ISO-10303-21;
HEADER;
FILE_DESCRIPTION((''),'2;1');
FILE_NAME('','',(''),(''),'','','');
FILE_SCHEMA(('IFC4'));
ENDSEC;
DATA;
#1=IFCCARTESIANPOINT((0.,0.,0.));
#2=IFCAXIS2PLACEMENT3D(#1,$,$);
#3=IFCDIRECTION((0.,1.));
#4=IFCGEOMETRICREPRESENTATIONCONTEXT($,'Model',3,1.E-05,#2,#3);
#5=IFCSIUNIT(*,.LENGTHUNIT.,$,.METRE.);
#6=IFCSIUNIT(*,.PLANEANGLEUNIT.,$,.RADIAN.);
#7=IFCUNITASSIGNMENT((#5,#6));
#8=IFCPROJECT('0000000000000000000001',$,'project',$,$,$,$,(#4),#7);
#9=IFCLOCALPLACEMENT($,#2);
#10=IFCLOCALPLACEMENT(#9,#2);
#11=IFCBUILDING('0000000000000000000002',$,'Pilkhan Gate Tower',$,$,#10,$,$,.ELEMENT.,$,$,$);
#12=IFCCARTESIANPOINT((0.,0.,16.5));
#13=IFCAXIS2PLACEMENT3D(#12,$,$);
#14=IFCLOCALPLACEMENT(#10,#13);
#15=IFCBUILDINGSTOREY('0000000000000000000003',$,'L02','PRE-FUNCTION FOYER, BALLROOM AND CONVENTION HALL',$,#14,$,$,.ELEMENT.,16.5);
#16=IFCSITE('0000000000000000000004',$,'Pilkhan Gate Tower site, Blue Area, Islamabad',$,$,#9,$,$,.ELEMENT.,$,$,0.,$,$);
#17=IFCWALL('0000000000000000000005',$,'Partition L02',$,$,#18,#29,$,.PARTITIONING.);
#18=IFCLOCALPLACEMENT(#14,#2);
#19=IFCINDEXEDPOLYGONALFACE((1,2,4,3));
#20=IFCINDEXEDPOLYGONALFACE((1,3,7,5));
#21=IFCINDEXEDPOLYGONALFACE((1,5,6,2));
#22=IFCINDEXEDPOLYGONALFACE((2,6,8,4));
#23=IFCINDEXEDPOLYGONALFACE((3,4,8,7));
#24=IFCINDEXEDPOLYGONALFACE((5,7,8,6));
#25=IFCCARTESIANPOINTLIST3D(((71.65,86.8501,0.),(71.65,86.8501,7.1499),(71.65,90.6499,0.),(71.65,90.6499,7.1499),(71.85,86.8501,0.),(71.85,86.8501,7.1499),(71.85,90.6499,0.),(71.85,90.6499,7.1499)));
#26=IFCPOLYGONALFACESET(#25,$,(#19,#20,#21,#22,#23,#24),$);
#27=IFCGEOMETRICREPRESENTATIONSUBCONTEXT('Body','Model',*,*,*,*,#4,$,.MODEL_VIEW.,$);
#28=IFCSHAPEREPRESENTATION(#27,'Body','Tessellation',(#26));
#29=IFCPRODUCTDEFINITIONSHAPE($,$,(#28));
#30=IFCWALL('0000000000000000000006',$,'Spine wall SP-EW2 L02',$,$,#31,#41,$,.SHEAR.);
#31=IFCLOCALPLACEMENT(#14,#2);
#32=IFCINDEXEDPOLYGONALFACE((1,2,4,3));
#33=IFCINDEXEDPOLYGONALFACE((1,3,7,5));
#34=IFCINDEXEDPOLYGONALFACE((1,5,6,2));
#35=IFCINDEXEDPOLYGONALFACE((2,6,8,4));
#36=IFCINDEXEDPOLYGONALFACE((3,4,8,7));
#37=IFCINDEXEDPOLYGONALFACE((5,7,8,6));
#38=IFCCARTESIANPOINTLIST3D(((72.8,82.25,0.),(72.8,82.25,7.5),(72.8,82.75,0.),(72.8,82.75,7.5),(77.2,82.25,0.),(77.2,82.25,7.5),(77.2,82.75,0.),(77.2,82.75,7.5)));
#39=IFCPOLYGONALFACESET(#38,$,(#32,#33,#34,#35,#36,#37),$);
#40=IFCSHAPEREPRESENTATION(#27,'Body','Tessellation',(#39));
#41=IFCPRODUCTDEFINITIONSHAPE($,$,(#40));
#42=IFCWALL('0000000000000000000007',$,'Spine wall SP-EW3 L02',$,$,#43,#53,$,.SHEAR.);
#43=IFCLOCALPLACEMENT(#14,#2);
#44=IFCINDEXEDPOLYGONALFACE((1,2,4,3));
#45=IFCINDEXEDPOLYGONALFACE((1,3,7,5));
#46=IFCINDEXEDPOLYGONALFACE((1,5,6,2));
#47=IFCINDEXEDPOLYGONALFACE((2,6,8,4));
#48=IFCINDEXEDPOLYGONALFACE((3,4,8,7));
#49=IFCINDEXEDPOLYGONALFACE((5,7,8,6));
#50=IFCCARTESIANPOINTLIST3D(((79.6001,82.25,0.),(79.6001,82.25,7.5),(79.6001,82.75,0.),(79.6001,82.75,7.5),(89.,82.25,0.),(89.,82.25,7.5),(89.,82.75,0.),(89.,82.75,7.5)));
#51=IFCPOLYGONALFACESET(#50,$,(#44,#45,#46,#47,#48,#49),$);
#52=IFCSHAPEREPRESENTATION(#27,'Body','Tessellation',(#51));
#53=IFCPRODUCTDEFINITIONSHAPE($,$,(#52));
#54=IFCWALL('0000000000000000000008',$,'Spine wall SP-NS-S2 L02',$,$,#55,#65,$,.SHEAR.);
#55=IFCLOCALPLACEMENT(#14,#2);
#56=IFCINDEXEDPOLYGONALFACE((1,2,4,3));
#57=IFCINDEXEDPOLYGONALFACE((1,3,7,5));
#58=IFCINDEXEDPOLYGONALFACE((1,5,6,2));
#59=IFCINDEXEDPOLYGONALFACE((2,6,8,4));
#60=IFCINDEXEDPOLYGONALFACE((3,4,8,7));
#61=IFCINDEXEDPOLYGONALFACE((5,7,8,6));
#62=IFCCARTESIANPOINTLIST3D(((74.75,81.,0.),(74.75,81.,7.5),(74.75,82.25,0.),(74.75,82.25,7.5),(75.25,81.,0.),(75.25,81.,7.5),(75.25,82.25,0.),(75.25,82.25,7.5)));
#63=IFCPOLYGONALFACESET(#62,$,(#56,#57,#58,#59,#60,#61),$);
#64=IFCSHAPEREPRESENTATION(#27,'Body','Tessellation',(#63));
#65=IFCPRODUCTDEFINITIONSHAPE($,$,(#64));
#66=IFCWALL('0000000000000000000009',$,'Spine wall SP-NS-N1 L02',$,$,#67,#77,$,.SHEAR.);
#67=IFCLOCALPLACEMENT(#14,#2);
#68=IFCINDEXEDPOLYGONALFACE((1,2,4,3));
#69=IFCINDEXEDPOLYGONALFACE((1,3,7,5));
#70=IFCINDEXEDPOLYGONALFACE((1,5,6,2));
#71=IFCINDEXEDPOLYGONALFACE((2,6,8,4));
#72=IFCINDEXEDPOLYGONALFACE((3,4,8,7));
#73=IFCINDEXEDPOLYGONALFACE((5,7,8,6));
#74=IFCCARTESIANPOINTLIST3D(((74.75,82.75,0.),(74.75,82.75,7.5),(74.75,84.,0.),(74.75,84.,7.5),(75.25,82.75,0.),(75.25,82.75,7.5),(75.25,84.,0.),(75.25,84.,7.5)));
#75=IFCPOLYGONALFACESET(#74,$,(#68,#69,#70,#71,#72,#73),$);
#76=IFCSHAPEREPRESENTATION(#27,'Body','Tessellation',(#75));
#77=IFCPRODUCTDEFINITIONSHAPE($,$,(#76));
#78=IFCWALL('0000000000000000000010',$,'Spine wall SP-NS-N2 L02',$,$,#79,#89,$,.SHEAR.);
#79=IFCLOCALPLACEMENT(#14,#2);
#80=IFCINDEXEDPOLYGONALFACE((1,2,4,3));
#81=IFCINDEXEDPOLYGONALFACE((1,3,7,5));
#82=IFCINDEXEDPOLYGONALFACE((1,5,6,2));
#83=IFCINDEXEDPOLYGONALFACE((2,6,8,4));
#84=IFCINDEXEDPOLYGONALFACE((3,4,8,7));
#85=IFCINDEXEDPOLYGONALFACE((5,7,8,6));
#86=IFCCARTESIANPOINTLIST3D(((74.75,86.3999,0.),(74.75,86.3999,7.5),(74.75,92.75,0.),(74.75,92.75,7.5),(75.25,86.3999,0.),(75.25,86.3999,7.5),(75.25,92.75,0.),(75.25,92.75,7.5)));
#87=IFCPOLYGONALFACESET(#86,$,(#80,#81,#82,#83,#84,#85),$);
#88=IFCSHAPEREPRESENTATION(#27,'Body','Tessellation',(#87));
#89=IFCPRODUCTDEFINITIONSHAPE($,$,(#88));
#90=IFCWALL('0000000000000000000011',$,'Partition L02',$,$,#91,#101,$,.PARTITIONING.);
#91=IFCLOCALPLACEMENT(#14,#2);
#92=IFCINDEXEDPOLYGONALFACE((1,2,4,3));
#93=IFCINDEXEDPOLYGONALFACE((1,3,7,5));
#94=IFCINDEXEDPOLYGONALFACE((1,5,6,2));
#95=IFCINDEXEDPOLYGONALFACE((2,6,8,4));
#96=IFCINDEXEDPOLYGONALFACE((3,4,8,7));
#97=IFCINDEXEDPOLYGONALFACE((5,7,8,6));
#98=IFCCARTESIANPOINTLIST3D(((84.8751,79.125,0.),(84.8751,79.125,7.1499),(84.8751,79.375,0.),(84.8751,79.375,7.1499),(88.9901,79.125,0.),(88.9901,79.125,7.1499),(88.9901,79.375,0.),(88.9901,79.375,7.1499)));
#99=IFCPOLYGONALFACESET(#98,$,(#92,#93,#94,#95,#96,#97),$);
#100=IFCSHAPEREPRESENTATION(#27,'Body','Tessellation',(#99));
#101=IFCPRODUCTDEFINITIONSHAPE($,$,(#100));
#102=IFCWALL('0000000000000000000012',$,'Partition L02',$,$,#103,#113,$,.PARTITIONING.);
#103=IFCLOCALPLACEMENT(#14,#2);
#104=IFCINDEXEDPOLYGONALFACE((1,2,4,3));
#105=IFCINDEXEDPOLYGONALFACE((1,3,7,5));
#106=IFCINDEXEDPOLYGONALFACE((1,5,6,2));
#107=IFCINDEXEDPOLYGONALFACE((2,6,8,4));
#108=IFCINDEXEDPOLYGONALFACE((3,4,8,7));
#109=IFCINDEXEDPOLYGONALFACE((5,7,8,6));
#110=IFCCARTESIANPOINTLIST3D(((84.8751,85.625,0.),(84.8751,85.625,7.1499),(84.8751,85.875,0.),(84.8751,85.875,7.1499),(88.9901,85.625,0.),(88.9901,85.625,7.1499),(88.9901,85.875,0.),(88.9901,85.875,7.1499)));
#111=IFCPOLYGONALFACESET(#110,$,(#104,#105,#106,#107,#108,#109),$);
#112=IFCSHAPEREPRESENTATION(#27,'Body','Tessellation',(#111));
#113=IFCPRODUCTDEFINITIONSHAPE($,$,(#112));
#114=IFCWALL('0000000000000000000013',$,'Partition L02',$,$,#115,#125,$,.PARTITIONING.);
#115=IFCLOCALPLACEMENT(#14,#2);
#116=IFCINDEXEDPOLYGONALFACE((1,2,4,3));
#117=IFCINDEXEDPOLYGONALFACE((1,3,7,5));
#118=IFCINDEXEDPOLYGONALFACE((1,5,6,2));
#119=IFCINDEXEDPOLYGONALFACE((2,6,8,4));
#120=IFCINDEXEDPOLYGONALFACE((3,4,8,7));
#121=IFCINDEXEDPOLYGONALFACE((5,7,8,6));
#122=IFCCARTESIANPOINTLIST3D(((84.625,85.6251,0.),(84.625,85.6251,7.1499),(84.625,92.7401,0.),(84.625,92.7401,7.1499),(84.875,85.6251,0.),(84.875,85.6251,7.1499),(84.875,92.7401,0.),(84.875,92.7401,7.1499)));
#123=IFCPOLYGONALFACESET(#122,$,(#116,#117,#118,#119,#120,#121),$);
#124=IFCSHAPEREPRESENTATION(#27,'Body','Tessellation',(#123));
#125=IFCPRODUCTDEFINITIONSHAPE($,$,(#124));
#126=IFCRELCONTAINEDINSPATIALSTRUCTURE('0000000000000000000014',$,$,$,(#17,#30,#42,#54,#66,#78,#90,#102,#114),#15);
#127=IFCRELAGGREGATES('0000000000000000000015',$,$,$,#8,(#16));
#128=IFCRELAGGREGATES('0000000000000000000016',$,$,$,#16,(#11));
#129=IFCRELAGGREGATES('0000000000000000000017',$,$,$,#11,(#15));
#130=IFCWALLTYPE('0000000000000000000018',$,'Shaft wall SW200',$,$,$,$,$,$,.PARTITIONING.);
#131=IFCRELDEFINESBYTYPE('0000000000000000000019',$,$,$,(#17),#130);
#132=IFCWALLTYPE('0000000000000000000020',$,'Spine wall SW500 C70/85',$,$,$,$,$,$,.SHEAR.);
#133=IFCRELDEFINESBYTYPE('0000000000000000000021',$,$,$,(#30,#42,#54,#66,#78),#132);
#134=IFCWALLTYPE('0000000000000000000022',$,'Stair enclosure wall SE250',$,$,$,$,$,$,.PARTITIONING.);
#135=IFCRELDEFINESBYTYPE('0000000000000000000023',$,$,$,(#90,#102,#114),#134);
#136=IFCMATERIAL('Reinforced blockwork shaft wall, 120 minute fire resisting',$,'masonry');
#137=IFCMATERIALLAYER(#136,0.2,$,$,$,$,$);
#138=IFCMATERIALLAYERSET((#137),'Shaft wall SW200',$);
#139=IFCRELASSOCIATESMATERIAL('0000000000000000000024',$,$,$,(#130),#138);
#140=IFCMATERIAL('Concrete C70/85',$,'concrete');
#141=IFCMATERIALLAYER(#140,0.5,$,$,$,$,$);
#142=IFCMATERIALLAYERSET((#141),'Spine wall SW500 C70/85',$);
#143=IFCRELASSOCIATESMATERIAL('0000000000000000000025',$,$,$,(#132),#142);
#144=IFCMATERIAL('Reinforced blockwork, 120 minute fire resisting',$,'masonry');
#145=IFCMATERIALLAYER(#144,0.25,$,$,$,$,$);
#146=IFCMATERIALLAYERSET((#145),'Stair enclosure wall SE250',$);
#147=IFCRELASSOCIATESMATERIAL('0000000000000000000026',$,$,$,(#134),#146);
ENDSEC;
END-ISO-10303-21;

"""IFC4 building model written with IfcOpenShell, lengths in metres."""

from ifc_helpers import new_model, si_unit, direction, frame, frame_2d, origin, place, context, subcontext, project, spatial, rectangle, extrude, material, layer, layer_set, type_object, element, save


model = new_model("IFC4")

# Units and contexts
model_context = context("Model", 3, precision=1e-05, world=origin(), true_north=direction((0.0, 1.0)))
body_context = subcontext(model_context, "Body", "Model", "MODEL_VIEW")
ifc_project = project(units=[si_unit("LENGTHUNIT", "METRE"), si_unit("PLANEANGLEUNIT", "RADIAN")], contexts=[model_context])

# Site, building, storey
site_placement = place(None, origin())
site = spatial("IfcSite", under=ifc_project, at=site_placement, Name="Pilkhan Gate Tower site, Blue Area, Islamabad", CompositionType="ELEMENT", RefElevation=0.0)
building_placement = place(site_placement, origin())
building = spatial("IfcBuilding", under=site, at=building_placement, Name="Pilkhan Gate Tower", CompositionType="ELEMENT")
storey_placement = place(building_placement, frame((0.0, 0.0, 16.5)))
storey = spatial("IfcBuildingStorey", under=building, at=storey_placement, Name="L02", Description="PRE-FUNCTION FOYER, BALLROOM AND CONVENTION HALL", CompositionType="ELEMENT", Elevation=16.5)

# Shared definitions
ifc_material_1 = material(Name="Concrete C70/85", Category="concrete")

# Walls
ifc_material_2 = material(Name="Reinforced blockwork shaft wall, 120 minute fire resisting", Category="masonry")
ifc_layer_1 = layer(ifc_material_2, 0.2)
ifc_layer_set_1 = layer_set([ifc_layer_1], Name="Shaft wall SW200")
wall_type_1 = type_object("IfcWallType", Name="Shaft wall SW200", PredefinedType="PARTITIONING", material=ifc_layer_set_1)
wall_1_placement = place(storey_placement, frame((71.75, 86.8501, 0.0), z_axis=(0.0, 0.0, 1.0), x_axis=(0.0, 1.0, 0.0)))
element("IfcWall", 1, at=wall_1_placement, inside=storey, type_object=wall_type_1, Name="Partition L02", PredefinedType="PARTITIONING", context=body_context, shape_type="SweptSolid", body=[
    extrude(rectangle(XDim=3.7998, YDim=0.2, at=frame_2d((1.8999, 0.0))), origin(), (0.0, 0.0, 1.0), 7.1499),
])
ifc_layer_2 = layer(ifc_material_1, 0.5)
ifc_layer_set_2 = layer_set([ifc_layer_2], Name="Spine wall SW500 C70/85")
wall_type_2 = type_object("IfcWallType", Name="Spine wall SW500 C70/85", PredefinedType="SHEAR", material=ifc_layer_set_2)
wall_2_placement = place(storey_placement, frame((72.8, 82.5, 0.0), z_axis=(0.0, 0.0, 1.0), x_axis=(1.0, 0.0, 0.0)))
element("IfcWall", 2, at=wall_2_placement, inside=storey, type_object=wall_type_2, Name="Spine wall SP-EW2 L02", PredefinedType="SHEAR", context=body_context, shape_type="SweptSolid", body=[
    extrude(rectangle(XDim=4.3999, YDim=0.5, at=frame_2d((2.2, 0.0))), origin(), (0.0, 0.0, 1.0), 7.5),
])
wall_3_placement = place(storey_placement, frame((79.6001, 82.5, 0.0), z_axis=(0.0, 0.0, 1.0), x_axis=(1.0, 0.0, 0.0)))
element("IfcWall", 3, at=wall_3_placement, inside=storey, type_object=wall_type_2, Name="Spine wall SP-EW3 L02", PredefinedType="SHEAR", context=body_context, shape_type="SweptSolid", body=[
    extrude(rectangle(XDim=9.3999, YDim=0.5, at=frame_2d((4.7, 0.0))), origin(), (0.0, 0.0, 1.0), 7.5),
])
for number, where, z_axis, x_axis, name in (
    (4, (75.0, 81.0, 0.0), (0.0, 0.0, 1.0), (0.0, 1.0, 0.0), "Spine wall SP-NS-S2 L02"),
    (5, (75.0, 82.75, 0.0), (0.0, 0.0, 1.0), (0.0, 1.0, 0.0), "Spine wall SP-NS-N1 L02"),
):
    element("IfcWall", number, at=place(storey_placement, frame(where, z_axis=z_axis, x_axis=x_axis)), inside=storey, type_object=wall_type_2, Name=name, PredefinedType="SHEAR", context=body_context, shape_type="SweptSolid", body=[
        extrude(rectangle(XDim=1.25, YDim=0.5, at=frame_2d((0.625, 0.0))), origin(), (0.0, 0.0, 1.0), 7.5),
    ])
wall_4_placement = place(storey_placement, frame((75.0, 86.3999, 0.0), z_axis=(0.0, 0.0, 1.0), x_axis=(0.0, 1.0, 0.0)))
element("IfcWall", 6, at=wall_4_placement, inside=storey, type_object=wall_type_2, Name="Spine wall SP-NS-N2 L02", PredefinedType="SHEAR", context=body_context, shape_type="SweptSolid", body=[
    extrude(rectangle(XDim=6.3501, YDim=0.5, at=frame_2d((3.175, 0.0))), origin(), (0.0, 0.0, 1.0), 7.5),
])
ifc_material_3 = material(Name="Reinforced blockwork, 120 minute fire resisting", Category="masonry")
ifc_layer_3 = layer(ifc_material_3, 0.25)
ifc_layer_set_3 = layer_set([ifc_layer_3], Name="Stair enclosure wall SE250")
wall_type_3 = type_object("IfcWallType", Name="Stair enclosure wall SE250", PredefinedType="PARTITIONING", material=ifc_layer_set_3)
for number, where, z_axis, x_axis, name in (
    (7, (84.875, 79.25, 0.0), (0.0, 0.0, 1.0), (1.0, 0.0, 0.0), "Partition L02"),
    (8, (84.875, 85.75, 0.0), (0.0, 0.0, 1.0), (1.0, 0.0, 0.0), "Partition L02"),
):
    element("IfcWall", number, at=place(storey_placement, frame(where, z_axis=z_axis, x_axis=x_axis)), inside=storey, type_object=wall_type_3, Name=name, PredefinedType="PARTITIONING", context=body_context, shape_type="SweptSolid", body=[
        extrude(rectangle(XDim=4.115, YDim=0.25, at=frame_2d((2.0576, 0.0))), origin(), (0.0, 0.0, 1.0), 7.1499),
    ])
wall_5_placement = place(storey_placement, frame((84.75, 85.625, 0.0), z_axis=(0.0, 0.0, 1.0), x_axis=(0.0, 1.0, 0.0)))
element("IfcWall", 9, at=wall_5_placement, inside=storey, type_object=wall_type_3, Name="Partition L02", PredefinedType="PARTITIONING", context=body_context, shape_type="SweptSolid", body=[
    extrude(rectangle(XDim=7.115, YDim=0.25, at=frame_2d((3.5576, 0.0))), origin(), (0.0, 0.0, 1.0), 7.1499),
])

save(model, "model.ifc")
